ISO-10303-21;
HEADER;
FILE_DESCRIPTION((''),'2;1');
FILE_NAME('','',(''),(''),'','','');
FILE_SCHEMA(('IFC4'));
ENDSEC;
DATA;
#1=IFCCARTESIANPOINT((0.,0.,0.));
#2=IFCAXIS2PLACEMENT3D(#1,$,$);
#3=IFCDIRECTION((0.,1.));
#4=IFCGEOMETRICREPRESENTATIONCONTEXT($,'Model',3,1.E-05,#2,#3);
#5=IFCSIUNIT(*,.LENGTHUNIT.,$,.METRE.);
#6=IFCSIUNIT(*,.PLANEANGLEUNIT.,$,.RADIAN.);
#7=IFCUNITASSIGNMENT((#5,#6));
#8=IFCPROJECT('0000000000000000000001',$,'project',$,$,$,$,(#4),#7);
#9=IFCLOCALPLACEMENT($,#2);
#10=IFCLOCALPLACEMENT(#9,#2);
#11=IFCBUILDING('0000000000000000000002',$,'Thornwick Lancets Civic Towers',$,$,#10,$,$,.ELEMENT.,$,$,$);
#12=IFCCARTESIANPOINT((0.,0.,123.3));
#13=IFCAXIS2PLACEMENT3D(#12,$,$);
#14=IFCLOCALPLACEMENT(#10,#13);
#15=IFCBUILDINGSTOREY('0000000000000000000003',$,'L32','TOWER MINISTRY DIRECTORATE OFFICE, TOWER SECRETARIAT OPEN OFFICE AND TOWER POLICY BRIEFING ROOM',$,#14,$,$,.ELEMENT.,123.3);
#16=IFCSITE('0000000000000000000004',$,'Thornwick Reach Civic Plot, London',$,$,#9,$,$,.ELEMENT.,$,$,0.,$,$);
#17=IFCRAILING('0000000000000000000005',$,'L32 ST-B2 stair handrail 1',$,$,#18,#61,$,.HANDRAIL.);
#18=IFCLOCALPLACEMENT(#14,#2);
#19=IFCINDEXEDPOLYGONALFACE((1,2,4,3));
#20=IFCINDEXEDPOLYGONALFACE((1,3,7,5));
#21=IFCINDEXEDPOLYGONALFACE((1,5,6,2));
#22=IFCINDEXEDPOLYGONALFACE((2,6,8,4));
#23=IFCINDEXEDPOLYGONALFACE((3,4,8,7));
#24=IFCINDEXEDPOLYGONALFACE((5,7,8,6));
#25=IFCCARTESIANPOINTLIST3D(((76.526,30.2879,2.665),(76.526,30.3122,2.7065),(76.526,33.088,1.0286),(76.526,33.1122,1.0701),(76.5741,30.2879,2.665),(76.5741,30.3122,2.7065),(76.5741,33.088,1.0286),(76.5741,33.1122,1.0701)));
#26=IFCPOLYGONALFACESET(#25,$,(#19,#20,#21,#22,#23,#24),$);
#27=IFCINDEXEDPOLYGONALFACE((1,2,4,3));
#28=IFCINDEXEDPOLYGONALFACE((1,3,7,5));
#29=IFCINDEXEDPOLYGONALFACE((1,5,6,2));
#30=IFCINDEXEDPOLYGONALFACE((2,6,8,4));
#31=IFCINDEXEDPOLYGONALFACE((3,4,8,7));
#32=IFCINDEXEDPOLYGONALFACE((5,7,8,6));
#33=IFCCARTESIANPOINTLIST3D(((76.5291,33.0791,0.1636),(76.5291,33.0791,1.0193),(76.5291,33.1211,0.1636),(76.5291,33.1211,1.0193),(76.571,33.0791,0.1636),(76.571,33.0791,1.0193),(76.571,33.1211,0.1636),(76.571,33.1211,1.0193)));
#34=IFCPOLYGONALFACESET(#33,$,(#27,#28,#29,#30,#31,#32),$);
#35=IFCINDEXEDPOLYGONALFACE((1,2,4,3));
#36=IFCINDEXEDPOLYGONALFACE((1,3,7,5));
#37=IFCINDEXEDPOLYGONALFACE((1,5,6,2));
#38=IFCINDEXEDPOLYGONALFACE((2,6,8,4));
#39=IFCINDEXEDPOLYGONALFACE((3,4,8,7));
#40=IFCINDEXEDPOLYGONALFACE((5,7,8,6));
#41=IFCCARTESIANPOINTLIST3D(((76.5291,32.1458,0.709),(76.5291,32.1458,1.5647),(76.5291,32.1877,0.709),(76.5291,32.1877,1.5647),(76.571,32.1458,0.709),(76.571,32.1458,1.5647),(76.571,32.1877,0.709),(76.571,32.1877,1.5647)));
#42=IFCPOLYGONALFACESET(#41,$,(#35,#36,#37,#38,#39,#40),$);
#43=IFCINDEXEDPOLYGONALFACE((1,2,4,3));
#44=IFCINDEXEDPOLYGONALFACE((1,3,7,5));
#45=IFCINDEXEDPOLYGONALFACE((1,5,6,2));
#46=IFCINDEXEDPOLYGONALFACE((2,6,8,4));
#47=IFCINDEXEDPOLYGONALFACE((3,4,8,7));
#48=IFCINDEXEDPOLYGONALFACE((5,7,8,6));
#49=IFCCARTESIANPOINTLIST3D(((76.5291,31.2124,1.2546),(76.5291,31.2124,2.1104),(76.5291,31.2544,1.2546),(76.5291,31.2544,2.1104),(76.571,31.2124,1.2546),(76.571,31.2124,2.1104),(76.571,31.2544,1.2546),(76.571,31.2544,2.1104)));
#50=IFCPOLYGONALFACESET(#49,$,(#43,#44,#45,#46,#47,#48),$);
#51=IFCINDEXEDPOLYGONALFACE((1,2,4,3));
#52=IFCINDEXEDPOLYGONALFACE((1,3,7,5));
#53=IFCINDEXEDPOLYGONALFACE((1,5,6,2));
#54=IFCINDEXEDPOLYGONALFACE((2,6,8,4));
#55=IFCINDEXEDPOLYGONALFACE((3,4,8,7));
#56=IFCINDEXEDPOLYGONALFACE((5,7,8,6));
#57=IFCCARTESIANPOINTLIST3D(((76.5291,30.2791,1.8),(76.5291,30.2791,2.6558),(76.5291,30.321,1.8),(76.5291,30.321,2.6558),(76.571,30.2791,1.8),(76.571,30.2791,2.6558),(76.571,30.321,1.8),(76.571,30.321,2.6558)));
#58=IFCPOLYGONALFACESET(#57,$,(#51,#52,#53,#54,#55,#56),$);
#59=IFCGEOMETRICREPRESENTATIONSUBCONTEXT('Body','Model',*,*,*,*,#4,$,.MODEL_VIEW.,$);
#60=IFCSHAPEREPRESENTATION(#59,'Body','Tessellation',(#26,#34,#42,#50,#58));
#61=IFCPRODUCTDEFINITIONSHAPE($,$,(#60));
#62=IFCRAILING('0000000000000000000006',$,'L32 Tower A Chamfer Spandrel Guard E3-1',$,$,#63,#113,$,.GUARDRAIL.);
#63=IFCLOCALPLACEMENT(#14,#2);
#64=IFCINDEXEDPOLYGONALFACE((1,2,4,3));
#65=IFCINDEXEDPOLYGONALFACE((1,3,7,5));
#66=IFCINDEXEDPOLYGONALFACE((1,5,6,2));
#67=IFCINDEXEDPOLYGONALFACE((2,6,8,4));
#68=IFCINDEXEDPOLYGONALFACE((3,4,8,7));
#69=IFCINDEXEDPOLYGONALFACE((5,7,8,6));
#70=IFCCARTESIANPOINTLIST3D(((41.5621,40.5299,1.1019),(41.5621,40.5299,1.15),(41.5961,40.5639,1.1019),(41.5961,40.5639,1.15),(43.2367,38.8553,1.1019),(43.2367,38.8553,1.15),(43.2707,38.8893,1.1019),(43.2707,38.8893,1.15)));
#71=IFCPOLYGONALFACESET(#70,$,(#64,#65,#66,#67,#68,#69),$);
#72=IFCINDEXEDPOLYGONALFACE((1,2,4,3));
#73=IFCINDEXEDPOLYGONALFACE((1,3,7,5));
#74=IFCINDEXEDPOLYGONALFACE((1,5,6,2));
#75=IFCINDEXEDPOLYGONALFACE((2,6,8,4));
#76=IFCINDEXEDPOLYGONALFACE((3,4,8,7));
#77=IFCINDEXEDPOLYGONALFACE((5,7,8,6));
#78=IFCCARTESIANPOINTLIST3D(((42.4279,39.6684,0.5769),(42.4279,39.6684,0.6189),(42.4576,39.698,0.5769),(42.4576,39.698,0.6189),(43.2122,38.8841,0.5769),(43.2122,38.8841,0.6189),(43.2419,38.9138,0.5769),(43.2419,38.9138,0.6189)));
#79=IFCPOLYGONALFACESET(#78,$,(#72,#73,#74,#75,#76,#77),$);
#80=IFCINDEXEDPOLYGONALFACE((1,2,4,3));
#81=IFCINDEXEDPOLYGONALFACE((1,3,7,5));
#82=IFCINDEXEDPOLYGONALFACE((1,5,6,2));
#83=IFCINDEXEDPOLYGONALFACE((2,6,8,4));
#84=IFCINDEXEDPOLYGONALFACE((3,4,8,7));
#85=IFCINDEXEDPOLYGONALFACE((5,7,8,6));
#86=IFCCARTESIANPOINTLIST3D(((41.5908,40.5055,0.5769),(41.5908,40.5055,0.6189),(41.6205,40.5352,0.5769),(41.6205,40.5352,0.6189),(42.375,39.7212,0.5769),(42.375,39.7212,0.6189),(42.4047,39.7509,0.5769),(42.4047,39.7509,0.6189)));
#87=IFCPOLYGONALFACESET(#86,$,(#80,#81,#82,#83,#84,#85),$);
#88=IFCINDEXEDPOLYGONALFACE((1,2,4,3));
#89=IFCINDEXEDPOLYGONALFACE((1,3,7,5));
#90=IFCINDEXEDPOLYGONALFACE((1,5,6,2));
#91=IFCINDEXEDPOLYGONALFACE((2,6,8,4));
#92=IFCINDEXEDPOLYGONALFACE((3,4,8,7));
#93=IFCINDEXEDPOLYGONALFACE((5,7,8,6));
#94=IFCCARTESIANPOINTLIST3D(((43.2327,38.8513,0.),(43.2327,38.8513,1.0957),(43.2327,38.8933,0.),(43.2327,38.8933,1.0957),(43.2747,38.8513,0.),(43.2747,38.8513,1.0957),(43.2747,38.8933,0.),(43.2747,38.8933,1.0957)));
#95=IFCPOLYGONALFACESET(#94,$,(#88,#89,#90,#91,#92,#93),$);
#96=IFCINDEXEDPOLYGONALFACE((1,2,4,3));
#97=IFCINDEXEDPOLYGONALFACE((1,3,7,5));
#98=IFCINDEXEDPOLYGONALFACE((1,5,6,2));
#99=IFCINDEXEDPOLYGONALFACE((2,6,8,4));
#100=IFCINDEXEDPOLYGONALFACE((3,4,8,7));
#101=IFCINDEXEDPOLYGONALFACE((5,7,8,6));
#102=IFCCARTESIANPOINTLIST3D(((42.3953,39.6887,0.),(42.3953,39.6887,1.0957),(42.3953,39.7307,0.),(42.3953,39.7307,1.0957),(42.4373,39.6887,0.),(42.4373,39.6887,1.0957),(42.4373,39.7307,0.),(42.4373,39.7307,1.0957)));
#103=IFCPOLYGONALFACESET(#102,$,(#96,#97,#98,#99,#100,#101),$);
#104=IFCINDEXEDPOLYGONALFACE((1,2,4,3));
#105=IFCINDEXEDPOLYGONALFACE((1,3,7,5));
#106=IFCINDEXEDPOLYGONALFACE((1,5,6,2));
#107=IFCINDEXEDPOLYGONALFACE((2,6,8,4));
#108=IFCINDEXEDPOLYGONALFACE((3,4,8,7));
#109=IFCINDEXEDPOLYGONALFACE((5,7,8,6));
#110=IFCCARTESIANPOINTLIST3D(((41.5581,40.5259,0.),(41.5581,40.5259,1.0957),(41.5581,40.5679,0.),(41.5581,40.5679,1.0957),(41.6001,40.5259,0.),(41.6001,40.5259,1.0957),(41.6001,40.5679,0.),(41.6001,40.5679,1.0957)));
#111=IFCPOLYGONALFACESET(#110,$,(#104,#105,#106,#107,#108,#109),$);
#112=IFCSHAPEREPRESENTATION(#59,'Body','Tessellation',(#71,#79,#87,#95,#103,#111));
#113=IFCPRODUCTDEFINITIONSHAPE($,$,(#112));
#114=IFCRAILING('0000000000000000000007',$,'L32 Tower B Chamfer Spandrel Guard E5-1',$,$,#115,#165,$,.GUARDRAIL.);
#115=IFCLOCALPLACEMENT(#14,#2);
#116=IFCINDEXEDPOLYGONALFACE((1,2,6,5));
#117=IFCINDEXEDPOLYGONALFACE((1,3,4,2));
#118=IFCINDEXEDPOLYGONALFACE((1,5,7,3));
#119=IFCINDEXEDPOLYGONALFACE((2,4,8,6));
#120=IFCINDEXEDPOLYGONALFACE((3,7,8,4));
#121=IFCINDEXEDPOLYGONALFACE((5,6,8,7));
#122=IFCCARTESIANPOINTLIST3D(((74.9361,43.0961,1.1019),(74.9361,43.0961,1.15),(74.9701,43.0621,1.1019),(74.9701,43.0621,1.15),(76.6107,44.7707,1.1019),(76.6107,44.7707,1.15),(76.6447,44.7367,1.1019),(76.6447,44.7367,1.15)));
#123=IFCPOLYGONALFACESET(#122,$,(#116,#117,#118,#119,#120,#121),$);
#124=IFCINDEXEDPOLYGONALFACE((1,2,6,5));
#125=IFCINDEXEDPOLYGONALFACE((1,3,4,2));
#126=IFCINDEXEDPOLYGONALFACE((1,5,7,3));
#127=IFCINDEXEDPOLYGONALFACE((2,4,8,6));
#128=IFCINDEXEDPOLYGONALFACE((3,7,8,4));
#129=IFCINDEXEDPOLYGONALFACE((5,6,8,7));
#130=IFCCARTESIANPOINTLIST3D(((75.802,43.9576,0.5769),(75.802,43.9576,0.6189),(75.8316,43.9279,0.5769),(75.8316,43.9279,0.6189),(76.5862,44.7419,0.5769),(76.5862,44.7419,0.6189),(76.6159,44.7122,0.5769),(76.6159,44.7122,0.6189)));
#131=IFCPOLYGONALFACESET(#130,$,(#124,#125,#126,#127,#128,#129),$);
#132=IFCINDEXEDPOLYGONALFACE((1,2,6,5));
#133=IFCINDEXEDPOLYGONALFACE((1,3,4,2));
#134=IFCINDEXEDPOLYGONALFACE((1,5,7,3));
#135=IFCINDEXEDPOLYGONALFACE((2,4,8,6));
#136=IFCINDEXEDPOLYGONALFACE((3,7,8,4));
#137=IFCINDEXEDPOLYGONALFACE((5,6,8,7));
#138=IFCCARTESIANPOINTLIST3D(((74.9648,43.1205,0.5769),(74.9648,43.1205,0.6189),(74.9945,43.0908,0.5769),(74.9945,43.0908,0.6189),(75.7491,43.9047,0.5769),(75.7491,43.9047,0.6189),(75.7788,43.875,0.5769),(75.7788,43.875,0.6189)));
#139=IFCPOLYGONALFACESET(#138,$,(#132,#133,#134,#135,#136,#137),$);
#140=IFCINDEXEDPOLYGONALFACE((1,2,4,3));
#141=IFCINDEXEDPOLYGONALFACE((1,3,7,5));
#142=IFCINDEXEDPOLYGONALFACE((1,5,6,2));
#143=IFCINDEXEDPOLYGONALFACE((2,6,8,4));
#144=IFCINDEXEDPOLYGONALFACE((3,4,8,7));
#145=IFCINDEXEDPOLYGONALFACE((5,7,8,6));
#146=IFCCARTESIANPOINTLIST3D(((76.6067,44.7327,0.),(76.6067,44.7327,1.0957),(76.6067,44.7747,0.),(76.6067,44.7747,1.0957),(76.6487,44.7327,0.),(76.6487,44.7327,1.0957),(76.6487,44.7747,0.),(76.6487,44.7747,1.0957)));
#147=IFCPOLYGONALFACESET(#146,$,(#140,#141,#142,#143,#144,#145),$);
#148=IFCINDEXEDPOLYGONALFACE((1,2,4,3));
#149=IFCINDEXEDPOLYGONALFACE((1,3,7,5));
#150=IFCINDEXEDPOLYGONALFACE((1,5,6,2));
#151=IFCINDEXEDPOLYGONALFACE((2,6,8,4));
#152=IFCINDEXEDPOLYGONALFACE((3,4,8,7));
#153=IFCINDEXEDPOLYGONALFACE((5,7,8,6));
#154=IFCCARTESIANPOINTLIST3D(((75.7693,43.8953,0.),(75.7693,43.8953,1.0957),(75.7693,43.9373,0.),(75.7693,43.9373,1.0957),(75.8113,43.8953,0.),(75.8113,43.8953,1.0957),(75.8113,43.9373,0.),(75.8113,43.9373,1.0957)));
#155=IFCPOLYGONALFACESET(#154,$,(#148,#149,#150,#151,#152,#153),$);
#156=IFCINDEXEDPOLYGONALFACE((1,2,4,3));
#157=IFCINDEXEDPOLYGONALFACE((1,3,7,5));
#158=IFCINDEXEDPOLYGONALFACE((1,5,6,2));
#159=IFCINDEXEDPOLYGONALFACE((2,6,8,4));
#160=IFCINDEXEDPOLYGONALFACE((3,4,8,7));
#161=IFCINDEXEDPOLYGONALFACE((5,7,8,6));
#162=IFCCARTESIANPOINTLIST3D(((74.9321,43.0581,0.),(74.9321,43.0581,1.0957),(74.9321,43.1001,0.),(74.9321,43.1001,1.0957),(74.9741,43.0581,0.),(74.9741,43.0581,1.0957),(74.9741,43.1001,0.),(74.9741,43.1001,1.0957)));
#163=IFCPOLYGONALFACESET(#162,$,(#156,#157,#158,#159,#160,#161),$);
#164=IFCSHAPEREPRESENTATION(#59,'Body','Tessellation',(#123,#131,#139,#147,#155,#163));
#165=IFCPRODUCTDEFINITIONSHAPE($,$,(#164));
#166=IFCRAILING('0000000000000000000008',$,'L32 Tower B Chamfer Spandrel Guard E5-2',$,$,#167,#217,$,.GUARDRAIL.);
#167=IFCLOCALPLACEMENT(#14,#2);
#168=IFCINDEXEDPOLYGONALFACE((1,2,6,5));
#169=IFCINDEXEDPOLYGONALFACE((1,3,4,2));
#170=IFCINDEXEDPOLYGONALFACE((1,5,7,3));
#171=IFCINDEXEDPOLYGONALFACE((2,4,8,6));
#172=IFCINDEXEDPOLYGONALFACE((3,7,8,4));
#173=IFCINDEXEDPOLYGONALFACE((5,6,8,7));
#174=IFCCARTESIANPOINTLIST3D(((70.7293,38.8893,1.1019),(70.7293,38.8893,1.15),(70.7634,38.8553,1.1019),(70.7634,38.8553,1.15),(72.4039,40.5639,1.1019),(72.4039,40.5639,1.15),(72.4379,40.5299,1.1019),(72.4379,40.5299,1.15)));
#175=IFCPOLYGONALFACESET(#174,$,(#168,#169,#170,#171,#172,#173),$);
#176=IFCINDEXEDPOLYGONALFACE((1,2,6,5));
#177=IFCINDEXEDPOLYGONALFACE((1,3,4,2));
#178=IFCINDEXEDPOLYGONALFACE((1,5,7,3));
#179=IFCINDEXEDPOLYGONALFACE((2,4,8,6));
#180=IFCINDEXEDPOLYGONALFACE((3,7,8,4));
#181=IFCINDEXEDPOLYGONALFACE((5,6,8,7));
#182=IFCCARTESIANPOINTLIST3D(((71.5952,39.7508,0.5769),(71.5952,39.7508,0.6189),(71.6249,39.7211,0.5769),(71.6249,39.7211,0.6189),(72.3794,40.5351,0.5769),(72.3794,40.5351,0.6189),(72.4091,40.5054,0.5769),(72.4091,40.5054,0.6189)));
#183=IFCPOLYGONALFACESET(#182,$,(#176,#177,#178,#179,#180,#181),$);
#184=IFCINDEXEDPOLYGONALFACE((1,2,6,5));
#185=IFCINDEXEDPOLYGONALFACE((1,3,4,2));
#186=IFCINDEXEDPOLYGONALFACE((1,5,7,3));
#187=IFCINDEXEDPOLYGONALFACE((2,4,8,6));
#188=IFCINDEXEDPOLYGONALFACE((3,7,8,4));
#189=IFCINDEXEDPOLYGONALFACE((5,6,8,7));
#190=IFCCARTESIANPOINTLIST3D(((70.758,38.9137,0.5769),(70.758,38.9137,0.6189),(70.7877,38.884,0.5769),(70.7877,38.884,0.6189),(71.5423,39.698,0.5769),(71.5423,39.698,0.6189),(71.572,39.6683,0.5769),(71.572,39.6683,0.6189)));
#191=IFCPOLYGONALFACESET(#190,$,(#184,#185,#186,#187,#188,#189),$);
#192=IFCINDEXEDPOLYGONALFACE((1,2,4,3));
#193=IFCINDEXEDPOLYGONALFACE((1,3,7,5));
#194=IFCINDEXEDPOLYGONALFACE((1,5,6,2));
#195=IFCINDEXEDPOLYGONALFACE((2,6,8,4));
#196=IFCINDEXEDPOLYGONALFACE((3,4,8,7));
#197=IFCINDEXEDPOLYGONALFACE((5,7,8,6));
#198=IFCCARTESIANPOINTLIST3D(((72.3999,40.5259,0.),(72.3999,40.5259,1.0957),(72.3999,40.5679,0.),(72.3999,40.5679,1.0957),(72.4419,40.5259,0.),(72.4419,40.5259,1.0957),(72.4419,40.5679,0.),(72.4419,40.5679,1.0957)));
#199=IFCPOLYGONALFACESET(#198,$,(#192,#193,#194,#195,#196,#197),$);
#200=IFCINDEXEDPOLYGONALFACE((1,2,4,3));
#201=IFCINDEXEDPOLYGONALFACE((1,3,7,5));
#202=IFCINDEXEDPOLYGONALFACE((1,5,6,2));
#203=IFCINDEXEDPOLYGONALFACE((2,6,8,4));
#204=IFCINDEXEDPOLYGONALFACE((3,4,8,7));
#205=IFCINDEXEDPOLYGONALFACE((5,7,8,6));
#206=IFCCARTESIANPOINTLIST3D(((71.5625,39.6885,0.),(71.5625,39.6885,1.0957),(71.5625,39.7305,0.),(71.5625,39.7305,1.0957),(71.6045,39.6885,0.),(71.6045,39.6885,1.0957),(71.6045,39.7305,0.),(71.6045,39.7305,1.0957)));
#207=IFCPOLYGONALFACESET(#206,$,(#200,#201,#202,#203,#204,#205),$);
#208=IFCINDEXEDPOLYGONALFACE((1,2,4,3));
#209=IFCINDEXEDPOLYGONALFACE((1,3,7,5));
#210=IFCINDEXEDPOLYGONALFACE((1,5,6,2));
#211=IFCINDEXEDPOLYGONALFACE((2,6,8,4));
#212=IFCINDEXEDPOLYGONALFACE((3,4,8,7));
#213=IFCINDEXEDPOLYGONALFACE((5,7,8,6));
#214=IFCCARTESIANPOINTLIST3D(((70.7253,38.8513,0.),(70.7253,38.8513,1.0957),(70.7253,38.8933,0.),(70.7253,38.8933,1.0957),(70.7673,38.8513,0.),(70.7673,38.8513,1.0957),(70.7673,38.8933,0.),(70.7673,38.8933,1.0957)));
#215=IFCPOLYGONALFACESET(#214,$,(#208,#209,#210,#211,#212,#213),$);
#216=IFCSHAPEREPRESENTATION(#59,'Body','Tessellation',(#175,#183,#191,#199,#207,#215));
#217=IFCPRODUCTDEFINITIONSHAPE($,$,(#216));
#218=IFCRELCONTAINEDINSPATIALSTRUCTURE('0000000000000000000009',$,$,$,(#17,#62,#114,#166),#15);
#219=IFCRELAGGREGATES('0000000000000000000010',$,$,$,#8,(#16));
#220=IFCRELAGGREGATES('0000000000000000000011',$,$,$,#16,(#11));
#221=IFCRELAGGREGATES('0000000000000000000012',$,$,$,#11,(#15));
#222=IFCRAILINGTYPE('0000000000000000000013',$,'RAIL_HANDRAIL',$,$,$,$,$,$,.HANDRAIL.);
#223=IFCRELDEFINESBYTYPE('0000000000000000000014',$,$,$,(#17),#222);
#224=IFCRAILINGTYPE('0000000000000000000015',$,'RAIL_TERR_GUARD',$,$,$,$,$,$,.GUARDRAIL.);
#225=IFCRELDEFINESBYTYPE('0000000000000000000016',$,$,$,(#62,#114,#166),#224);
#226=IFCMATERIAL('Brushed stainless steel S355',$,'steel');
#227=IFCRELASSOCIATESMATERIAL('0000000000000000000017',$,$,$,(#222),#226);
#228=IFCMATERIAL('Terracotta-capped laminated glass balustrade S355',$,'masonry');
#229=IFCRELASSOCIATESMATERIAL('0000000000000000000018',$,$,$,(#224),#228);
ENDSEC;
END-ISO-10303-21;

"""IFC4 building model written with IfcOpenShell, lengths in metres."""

from ifc_helpers import new_model, si_unit, direction, frame, origin, origin_2d, place, context, subcontext, project, spatial, rectangle, extrude, material, type_object, element, save


model = new_model("IFC4")

# Units and contexts
model_context = context("Model", 3, precision=1e-05, world=origin(), true_north=direction((0.0, 1.0)))
body_context = subcontext(model_context, "Body", "Model", "MODEL_VIEW")
ifc_project = project(units=[si_unit("LENGTHUNIT", "METRE"), si_unit("PLANEANGLEUNIT", "RADIAN")], contexts=[model_context])

# Site, building, storey
site_placement = place(None, origin())
site = spatial("IfcSite", under=ifc_project, at=site_placement, Name="Thornwick Reach Civic Plot, London", CompositionType="ELEMENT", RefElevation=0.0)
building_placement = place(site_placement, origin())
building = spatial("IfcBuilding", under=site, at=building_placement, Name="Thornwick Lancets Civic Towers", CompositionType="ELEMENT")
storey_placement = place(building_placement, frame((0.0, 0.0, 123.3)))
storey = spatial("IfcBuildingStorey", under=building, at=storey_placement, Name="L32", Description="TOWER MINISTRY DIRECTORATE OFFICE, TOWER SECRETARIAT OPEN OFFICE AND TOWER POLICY BRIEFING ROOM", CompositionType="ELEMENT", Elevation=123.3)

# Railings
ifc_material_1 = material(Name="Brushed stainless steel S355", Category="steel")
railing_type_1 = type_object("IfcRailingType", Name="RAIL_HANDRAIL", PredefinedType="HANDRAIL", material=ifc_material_1)
railing_1_placement = place(storey_placement, frame((76.55, 33.1001, 0.1636)))
element("IfcRailing", 1, at=railing_1_placement, inside=storey, type_object=railing_type_1, Name="L32 ST-B2 stair handrail 1", PredefinedType="HANDRAIL", context=body_context, shape_type="SweptSolid", body=[
    extrude(rectangle(XDim=0.0481, YDim=0.0481, at=origin_2d()), frame((0.0, 0.0, 0.8857), z_axis=(0.0, -0.863361, 0.504587), x_axis=(1.0, 0.0, 0.0)), (0.0, 0.0, 1.0), 3.2432),
    extrude(rectangle(XDim=0.042, YDim=0.042, at=origin_2d()), origin(), (0.0, 0.0, 1.0), 0.8557),
    extrude(rectangle(XDim=0.042, YDim=0.042, at=origin_2d()), frame((0.0, -0.9333, 0.5454)), (0.0, 0.0, 1.0), 0.8557),
    extrude(rectangle(XDim=0.042, YDim=0.042, at=origin_2d()), frame((0.0, -1.8667, 1.0911)), (0.0, 0.0, 1.0), 0.8557),
    extrude(rectangle(XDim=0.042, YDim=0.042, at=origin_2d()), frame((0.0, -2.8, 1.6365)), (0.0, 0.0, 1.0), 0.8557),
])
ifc_material_2 = material(Name="Terracotta-capped laminated glass balustrade S355", Category="masonry")
railing_type_2 = type_object("IfcRailingType", Name="RAIL_TERR_GUARD", PredefinedType="GUARDRAIL", material=ifc_material_2)
railing_2_placement = place(storey_placement, frame((43.2537, 38.8723, 0.0)))
element("IfcRailing", 2, at=railing_2_placement, inside=storey, type_object=railing_type_2, Name="L32 Tower A Chamfer Spandrel Guard E3-1", PredefinedType="GUARDRAIL", context=body_context, shape_type="SweptSolid", body=[
    extrude(rectangle(XDim=0.0481, YDim=0.0481, at=origin_2d()), frame((0.0, 0.0, 1.126), z_axis=(-0.707107, 0.707107, 0.0), x_axis=(-0.707107, -0.707107, 0.0)), (0.0, 0.0, 1.0), 2.3682),
    extrude(rectangle(XDim=0.042, YDim=0.042, at=origin_2d()), frame((-0.0266, 0.0266, 0.5979), z_axis=(-0.707107, 0.707107, 0.0), x_axis=(-0.707107, -0.707107, 0.0)), (0.0, 0.0, 1.0), 1.1091),
    extrude(rectangle(XDim=0.042, YDim=0.042, at=origin_2d()), frame((-0.8638, 0.8638, 0.5979), z_axis=(-0.707107, 0.707107, 0.0), x_axis=(-0.707107, -0.707107, 0.0)), (0.0, 0.0, 1.0), 1.1091),
    extrude(rectangle(XDim=0.042, YDim=0.042, at=origin_2d()), origin(), (0.0, 0.0, 1.0), 1.0957),
    extrude(rectangle(XDim=0.042, YDim=0.042, at=origin_2d()), frame((-0.8374, 0.8374, 0.0)), (0.0, 0.0, 1.0), 1.0957),
    extrude(rectangle(XDim=0.042, YDim=0.042, at=origin_2d()), frame((-1.6746, 1.6746, 0.0)), (0.0, 0.0, 1.0), 1.0957),
])
for number, where, name in (
    (3, (76.6277, 44.7537, 0.0), "L32 Tower B Chamfer Spandrel Guard E5-1"),
    (4, (72.4209, 40.5469, 0.0), "L32 Tower B Chamfer Spandrel Guard E5-2"),
):
    element("IfcRailing", number, at=place(storey_placement, frame(where)), inside=storey, type_object=railing_type_2, Name=name, PredefinedType="GUARDRAIL", context=body_context, shape_type="SweptSolid", body=[
        extrude(rectangle(XDim=0.0481, YDim=0.0481, at=origin_2d()), frame((0.0, 0.0, 1.126), z_axis=(-0.707107, -0.707107, 0.0), x_axis=(0.707107, -0.707107, 0.0)), (0.0, 0.0, 1.0), 2.3682),
        extrude(rectangle(XDim=0.042, YDim=0.042, at=origin_2d()), frame((-0.0266, -0.0266, 0.5979), z_axis=(-0.707107, -0.707107, 0.0), x_axis=(0.707107, -0.707107, 0.0)), (0.0, 0.0, 1.0), 1.1091),
        extrude(rectangle(XDim=0.042, YDim=0.042, at=origin_2d()), frame((-0.8638, -0.8638, 0.5979), z_axis=(-0.707107, -0.707107, 0.0), x_axis=(0.707107, -0.707107, 0.0)), (0.0, 0.0, 1.0), 1.1091),
        extrude(rectangle(XDim=0.042, YDim=0.042, at=origin_2d()), origin(), (0.0, 0.0, 1.0), 1.0957),
        extrude(rectangle(XDim=0.042, YDim=0.042, at=origin_2d()), frame((-0.8374, -0.8374, 0.0)), (0.0, 0.0, 1.0), 1.0957),
        extrude(rectangle(XDim=0.042, YDim=0.042, at=origin_2d()), frame((-1.6746, -1.6746, 0.0)), (0.0, 0.0, 1.0), 1.0957),
    ])

save(model, "model.ifc")
